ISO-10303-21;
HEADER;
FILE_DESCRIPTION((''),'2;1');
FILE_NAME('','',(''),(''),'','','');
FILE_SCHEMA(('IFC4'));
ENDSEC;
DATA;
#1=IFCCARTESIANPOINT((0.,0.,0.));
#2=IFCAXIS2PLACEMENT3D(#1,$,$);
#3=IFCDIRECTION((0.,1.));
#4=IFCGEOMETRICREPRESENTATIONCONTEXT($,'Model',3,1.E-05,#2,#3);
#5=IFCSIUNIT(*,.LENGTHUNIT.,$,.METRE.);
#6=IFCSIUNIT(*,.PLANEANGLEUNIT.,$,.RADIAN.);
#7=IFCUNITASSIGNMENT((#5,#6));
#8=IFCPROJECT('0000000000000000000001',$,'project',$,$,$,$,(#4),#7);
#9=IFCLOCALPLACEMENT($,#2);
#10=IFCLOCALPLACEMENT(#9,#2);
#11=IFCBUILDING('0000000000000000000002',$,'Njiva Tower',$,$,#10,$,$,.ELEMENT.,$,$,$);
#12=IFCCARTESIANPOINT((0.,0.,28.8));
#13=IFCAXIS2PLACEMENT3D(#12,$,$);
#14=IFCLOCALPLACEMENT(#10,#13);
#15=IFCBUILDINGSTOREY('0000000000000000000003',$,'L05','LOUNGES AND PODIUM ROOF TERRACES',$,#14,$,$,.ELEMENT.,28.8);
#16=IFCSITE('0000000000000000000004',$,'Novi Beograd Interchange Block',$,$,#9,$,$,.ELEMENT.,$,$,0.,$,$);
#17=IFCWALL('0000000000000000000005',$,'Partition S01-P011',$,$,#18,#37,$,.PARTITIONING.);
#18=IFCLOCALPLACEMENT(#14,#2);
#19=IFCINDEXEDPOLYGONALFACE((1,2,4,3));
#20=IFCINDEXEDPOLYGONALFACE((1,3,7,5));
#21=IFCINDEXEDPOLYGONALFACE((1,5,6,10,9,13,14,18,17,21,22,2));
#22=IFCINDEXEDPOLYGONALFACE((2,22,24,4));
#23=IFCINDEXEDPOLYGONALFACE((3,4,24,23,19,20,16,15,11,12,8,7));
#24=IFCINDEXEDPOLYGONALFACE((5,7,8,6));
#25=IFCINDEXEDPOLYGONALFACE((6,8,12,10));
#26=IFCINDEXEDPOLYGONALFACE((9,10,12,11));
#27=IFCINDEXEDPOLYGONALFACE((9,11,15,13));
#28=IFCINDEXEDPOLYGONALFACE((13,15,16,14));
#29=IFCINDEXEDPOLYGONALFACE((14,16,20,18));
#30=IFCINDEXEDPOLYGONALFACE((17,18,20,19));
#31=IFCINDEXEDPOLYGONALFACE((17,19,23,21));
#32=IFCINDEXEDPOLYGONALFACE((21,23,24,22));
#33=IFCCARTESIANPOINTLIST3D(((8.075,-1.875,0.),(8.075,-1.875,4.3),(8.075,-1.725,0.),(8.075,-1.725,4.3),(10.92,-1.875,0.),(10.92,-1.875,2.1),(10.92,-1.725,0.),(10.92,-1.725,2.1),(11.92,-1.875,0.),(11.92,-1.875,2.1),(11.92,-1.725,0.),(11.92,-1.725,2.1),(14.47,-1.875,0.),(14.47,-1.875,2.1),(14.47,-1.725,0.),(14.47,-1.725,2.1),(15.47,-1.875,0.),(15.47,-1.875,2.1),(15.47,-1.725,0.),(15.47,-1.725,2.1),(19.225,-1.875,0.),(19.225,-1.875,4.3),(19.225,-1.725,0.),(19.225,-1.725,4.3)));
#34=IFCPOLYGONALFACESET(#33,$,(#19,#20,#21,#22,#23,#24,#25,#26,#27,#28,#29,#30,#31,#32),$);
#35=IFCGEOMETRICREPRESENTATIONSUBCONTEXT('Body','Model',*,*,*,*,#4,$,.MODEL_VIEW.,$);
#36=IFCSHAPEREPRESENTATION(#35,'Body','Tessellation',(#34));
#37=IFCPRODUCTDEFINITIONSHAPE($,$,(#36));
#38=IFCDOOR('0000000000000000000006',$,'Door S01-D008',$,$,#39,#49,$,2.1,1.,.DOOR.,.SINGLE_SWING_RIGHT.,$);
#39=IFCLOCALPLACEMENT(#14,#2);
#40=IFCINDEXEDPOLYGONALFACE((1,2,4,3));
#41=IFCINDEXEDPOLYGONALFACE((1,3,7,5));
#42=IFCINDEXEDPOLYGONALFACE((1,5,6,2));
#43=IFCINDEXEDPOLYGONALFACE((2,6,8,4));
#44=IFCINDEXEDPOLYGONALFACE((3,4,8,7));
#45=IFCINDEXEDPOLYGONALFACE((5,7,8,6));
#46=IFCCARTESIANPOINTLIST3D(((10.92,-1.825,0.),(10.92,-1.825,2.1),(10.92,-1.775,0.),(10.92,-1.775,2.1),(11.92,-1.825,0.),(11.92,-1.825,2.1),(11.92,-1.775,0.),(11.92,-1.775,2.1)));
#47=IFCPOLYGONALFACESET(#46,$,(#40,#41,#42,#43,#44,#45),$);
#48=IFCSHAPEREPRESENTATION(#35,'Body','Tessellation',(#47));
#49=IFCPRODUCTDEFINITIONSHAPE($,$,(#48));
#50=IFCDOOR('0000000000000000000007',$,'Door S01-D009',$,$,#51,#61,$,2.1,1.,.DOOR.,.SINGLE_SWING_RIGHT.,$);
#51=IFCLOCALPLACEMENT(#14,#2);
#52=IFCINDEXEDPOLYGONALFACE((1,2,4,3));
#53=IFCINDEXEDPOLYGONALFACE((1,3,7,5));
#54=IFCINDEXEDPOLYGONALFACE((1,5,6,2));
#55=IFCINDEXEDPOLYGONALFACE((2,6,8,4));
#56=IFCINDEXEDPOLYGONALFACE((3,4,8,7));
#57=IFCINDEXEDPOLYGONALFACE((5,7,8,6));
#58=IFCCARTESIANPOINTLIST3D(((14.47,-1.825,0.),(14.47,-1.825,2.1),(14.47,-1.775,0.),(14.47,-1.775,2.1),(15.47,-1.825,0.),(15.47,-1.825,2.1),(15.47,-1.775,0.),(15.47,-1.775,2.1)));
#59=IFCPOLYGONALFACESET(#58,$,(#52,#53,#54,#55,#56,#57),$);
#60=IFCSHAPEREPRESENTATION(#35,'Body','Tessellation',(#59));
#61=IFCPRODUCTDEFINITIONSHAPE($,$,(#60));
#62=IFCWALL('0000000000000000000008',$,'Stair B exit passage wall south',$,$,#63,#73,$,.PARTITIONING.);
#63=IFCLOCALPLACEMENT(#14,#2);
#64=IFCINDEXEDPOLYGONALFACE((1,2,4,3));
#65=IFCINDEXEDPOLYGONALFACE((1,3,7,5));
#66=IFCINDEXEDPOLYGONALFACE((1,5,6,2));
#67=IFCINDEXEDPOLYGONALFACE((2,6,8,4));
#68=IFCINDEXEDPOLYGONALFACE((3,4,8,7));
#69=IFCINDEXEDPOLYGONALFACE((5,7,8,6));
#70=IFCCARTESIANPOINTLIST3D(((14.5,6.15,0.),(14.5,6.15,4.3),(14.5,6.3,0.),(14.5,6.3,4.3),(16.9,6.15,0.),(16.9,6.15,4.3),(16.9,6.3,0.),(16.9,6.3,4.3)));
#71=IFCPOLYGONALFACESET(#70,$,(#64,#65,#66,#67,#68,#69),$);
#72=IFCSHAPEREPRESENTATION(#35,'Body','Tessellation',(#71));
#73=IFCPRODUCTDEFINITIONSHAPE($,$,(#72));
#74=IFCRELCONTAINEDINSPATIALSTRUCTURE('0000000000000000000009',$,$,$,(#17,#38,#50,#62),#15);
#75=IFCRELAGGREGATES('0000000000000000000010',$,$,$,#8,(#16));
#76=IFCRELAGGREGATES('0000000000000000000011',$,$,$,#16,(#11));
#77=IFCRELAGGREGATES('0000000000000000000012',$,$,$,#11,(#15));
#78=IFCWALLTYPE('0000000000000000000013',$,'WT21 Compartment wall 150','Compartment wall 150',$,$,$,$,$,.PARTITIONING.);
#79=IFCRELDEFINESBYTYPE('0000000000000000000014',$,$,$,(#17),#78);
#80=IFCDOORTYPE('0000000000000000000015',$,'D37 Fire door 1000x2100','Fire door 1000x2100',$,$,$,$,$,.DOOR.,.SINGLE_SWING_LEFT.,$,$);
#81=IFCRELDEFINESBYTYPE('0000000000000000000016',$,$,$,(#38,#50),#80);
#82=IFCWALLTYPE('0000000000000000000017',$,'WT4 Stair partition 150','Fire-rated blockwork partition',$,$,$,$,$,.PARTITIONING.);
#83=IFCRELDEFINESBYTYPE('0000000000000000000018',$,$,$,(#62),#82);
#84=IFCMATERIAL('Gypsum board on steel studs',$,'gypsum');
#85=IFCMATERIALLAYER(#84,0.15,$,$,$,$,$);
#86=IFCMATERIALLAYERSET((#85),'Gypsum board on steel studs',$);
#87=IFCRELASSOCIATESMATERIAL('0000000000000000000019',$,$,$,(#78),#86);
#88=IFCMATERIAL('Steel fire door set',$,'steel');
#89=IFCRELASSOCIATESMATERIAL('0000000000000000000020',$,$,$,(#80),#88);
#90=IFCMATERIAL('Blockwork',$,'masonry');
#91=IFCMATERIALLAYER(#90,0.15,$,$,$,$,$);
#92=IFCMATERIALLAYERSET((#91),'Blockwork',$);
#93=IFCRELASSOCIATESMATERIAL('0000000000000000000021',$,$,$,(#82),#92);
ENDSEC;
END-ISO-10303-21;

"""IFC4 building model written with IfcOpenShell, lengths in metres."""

from ifc_helpers import new_model, si_unit, direction, frame, frame_2d, origin, place, context, subcontext, project, spatial, rectangle, extrude, material, layer, layer_set, type_object, element, fill, save


model = new_model("IFC4")

# Units and contexts
model_context = context("Model", 3, precision=1e-05, world=origin(), true_north=direction((0.0, 1.0)))
body_context = subcontext(model_context, "Body", "Model", "MODEL_VIEW")
ifc_project = project(units=[si_unit("LENGTHUNIT", "METRE"), si_unit("PLANEANGLEUNIT", "RADIAN")], contexts=[model_context])

# Site, building, storey
site_placement = place(None, origin())
site = spatial("IfcSite", under=ifc_project, at=site_placement, Name="Novi Beograd Interchange Block", CompositionType="ELEMENT", RefElevation=0.0)
building_placement = place(site_placement, origin())
building = spatial("IfcBuilding", under=site, at=building_placement, Name="Njiva Tower", CompositionType="ELEMENT")
storey_placement = place(building_placement, frame((0.0, 0.0, 28.8)))
storey = spatial("IfcBuildingStorey", under=building, at=storey_placement, Name="L05", Description="LOUNGES AND PODIUM ROOF TERRACES", CompositionType="ELEMENT", Elevation=28.8)

# Shared definitions
ifc_material_1 = material(Name="Blockwork", Category="masonry")

# Wall, openings, doors
ifc_material_2 = material(Name="Gypsum board on steel studs", Category="gypsum")
ifc_layer_1 = layer(ifc_material_2, 0.15)
ifc_layer_set_1 = layer_set([ifc_layer_1], Name="Gypsum board on steel studs")
wall_type_1 = type_object("IfcWallType", Name="WT21 Compartment wall 150", Description="Compartment wall 150", PredefinedType="PARTITIONING", material=ifc_layer_set_1)
wall_1_placement = place(storey_placement, frame((8.075, -1.8, 0.0), z_axis=(0.0, 0.0, 1.0), x_axis=(1.0, 0.0, 0.0)))
wall_1 = element("IfcWall", 1, at=wall_1_placement, inside=storey, type_object=wall_type_1, Name="Partition S01-P011", PredefinedType="PARTITIONING", context=body_context, shape_type="SweptSolid", body=[
    extrude(rectangle(XDim=11.15, YDim=0.15, at=frame_2d((5.575, 0.0))), origin(), (0.0, 0.0, 1.0), 4.3),
])
opening_1_placement = place(wall_1_placement, frame((2.845, 0.0, 0.0)))
opening_1 = element("IfcOpeningElement", 2, at=opening_1_placement, cuts=wall_1, PredefinedType="OPENING", context=body_context, shape_type="SweptSolid", body=[
    extrude(rectangle(XDim=1.0, YDim=2.1, at=frame_2d((0.5, 1.05))), frame((0.0, 0.085, 0.0), z_axis=(0.0, -1.0, 0.0), x_axis=(1.0, 0.0, 0.0)), (0.0, 0.0, 1.0), 0.17),
])
opening_2_placement = place(wall_1_placement, frame((6.395, 0.0, 0.0)))
opening_2 = element("IfcOpeningElement", 3, at=opening_2_placement, cuts=wall_1, PredefinedType="OPENING", context=body_context, shape_type="SweptSolid", body=[
    extrude(rectangle(XDim=1.0, YDim=2.1, at=frame_2d((0.5, 1.05))), frame((0.0, 0.085, 0.0), z_axis=(0.0, -1.0, 0.0), x_axis=(1.0, 0.0, 0.0)), (0.0, 0.0, 1.0), 0.17),
])
ifc_material_3 = material(Name="Steel fire door set", Category="steel")
door_type_1 = type_object("IfcDoorType", Name="D37 Fire door 1000x2100", Description="Fire door 1000x2100", OperationType="SINGLE_SWING_LEFT", PredefinedType="DOOR", material=ifc_material_3)
door_1_placement = place(opening_1_placement, origin())
door_1 = element("IfcDoor", 4, at=door_1_placement, inside=storey, type_object=door_type_1, Name="Door S01-D008", OperationType="SINGLE_SWING_RIGHT", OverallHeight=2.1, OverallWidth=1.0, PredefinedType="DOOR", context=body_context, shape_type="SweptSolid", body=[
    extrude(rectangle(XDim=1.0, YDim=2.1, at=frame_2d((0.5, 1.05))), frame((0.0, 0.025, 0.0), z_axis=(0.0, -1.0, 0.0), x_axis=(1.0, 0.0, 0.0)), (0.0, 0.0, 1.0), 0.05),
])
fill(opening_1, door_1)
door_2_placement = place(opening_2_placement, origin())
door_2 = element("IfcDoor", 5, at=door_2_placement, inside=storey, type_object=door_type_1, Name="Door S01-D009", OperationType="SINGLE_SWING_RIGHT", OverallHeight=2.1, OverallWidth=1.0, PredefinedType="DOOR", context=body_context, shape_type="SweptSolid", body=[
    extrude(rectangle(XDim=1.0, YDim=2.1, at=frame_2d((0.5, 1.05))), frame((0.0, 0.025, 0.0), z_axis=(0.0, -1.0, 0.0), x_axis=(1.0, 0.0, 0.0)), (0.0, 0.0, 1.0), 0.05),
])
fill(opening_2, door_2)

# Wall
ifc_layer_2 = layer(ifc_material_1, 0.15)
ifc_layer_set_2 = layer_set([ifc_layer_2], Name="Blockwork")
wall_type_2 = type_object("IfcWallType", Name="WT4 Stair partition 150", Description="Fire-rated blockwork partition", PredefinedType="PARTITIONING", material=ifc_layer_set_2)
wall_2_placement = place(storey_placement, frame((14.5, 6.225, 0.0), z_axis=(0.0, 0.0, 1.0), x_axis=(1.0, 0.0, 0.0)))
element("IfcWall", 6, at=wall_2_placement, inside=storey, type_object=wall_type_2, Name="Stair B exit passage wall south", PredefinedType="PARTITIONING", context=body_context, shape_type="SweptSolid", body=[
    extrude(rectangle(XDim=2.4, YDim=0.15, at=frame_2d((1.2, 0.0))), origin(), (0.0, 0.0, 1.0), 4.3),
])

save(model, "model.ifc")
